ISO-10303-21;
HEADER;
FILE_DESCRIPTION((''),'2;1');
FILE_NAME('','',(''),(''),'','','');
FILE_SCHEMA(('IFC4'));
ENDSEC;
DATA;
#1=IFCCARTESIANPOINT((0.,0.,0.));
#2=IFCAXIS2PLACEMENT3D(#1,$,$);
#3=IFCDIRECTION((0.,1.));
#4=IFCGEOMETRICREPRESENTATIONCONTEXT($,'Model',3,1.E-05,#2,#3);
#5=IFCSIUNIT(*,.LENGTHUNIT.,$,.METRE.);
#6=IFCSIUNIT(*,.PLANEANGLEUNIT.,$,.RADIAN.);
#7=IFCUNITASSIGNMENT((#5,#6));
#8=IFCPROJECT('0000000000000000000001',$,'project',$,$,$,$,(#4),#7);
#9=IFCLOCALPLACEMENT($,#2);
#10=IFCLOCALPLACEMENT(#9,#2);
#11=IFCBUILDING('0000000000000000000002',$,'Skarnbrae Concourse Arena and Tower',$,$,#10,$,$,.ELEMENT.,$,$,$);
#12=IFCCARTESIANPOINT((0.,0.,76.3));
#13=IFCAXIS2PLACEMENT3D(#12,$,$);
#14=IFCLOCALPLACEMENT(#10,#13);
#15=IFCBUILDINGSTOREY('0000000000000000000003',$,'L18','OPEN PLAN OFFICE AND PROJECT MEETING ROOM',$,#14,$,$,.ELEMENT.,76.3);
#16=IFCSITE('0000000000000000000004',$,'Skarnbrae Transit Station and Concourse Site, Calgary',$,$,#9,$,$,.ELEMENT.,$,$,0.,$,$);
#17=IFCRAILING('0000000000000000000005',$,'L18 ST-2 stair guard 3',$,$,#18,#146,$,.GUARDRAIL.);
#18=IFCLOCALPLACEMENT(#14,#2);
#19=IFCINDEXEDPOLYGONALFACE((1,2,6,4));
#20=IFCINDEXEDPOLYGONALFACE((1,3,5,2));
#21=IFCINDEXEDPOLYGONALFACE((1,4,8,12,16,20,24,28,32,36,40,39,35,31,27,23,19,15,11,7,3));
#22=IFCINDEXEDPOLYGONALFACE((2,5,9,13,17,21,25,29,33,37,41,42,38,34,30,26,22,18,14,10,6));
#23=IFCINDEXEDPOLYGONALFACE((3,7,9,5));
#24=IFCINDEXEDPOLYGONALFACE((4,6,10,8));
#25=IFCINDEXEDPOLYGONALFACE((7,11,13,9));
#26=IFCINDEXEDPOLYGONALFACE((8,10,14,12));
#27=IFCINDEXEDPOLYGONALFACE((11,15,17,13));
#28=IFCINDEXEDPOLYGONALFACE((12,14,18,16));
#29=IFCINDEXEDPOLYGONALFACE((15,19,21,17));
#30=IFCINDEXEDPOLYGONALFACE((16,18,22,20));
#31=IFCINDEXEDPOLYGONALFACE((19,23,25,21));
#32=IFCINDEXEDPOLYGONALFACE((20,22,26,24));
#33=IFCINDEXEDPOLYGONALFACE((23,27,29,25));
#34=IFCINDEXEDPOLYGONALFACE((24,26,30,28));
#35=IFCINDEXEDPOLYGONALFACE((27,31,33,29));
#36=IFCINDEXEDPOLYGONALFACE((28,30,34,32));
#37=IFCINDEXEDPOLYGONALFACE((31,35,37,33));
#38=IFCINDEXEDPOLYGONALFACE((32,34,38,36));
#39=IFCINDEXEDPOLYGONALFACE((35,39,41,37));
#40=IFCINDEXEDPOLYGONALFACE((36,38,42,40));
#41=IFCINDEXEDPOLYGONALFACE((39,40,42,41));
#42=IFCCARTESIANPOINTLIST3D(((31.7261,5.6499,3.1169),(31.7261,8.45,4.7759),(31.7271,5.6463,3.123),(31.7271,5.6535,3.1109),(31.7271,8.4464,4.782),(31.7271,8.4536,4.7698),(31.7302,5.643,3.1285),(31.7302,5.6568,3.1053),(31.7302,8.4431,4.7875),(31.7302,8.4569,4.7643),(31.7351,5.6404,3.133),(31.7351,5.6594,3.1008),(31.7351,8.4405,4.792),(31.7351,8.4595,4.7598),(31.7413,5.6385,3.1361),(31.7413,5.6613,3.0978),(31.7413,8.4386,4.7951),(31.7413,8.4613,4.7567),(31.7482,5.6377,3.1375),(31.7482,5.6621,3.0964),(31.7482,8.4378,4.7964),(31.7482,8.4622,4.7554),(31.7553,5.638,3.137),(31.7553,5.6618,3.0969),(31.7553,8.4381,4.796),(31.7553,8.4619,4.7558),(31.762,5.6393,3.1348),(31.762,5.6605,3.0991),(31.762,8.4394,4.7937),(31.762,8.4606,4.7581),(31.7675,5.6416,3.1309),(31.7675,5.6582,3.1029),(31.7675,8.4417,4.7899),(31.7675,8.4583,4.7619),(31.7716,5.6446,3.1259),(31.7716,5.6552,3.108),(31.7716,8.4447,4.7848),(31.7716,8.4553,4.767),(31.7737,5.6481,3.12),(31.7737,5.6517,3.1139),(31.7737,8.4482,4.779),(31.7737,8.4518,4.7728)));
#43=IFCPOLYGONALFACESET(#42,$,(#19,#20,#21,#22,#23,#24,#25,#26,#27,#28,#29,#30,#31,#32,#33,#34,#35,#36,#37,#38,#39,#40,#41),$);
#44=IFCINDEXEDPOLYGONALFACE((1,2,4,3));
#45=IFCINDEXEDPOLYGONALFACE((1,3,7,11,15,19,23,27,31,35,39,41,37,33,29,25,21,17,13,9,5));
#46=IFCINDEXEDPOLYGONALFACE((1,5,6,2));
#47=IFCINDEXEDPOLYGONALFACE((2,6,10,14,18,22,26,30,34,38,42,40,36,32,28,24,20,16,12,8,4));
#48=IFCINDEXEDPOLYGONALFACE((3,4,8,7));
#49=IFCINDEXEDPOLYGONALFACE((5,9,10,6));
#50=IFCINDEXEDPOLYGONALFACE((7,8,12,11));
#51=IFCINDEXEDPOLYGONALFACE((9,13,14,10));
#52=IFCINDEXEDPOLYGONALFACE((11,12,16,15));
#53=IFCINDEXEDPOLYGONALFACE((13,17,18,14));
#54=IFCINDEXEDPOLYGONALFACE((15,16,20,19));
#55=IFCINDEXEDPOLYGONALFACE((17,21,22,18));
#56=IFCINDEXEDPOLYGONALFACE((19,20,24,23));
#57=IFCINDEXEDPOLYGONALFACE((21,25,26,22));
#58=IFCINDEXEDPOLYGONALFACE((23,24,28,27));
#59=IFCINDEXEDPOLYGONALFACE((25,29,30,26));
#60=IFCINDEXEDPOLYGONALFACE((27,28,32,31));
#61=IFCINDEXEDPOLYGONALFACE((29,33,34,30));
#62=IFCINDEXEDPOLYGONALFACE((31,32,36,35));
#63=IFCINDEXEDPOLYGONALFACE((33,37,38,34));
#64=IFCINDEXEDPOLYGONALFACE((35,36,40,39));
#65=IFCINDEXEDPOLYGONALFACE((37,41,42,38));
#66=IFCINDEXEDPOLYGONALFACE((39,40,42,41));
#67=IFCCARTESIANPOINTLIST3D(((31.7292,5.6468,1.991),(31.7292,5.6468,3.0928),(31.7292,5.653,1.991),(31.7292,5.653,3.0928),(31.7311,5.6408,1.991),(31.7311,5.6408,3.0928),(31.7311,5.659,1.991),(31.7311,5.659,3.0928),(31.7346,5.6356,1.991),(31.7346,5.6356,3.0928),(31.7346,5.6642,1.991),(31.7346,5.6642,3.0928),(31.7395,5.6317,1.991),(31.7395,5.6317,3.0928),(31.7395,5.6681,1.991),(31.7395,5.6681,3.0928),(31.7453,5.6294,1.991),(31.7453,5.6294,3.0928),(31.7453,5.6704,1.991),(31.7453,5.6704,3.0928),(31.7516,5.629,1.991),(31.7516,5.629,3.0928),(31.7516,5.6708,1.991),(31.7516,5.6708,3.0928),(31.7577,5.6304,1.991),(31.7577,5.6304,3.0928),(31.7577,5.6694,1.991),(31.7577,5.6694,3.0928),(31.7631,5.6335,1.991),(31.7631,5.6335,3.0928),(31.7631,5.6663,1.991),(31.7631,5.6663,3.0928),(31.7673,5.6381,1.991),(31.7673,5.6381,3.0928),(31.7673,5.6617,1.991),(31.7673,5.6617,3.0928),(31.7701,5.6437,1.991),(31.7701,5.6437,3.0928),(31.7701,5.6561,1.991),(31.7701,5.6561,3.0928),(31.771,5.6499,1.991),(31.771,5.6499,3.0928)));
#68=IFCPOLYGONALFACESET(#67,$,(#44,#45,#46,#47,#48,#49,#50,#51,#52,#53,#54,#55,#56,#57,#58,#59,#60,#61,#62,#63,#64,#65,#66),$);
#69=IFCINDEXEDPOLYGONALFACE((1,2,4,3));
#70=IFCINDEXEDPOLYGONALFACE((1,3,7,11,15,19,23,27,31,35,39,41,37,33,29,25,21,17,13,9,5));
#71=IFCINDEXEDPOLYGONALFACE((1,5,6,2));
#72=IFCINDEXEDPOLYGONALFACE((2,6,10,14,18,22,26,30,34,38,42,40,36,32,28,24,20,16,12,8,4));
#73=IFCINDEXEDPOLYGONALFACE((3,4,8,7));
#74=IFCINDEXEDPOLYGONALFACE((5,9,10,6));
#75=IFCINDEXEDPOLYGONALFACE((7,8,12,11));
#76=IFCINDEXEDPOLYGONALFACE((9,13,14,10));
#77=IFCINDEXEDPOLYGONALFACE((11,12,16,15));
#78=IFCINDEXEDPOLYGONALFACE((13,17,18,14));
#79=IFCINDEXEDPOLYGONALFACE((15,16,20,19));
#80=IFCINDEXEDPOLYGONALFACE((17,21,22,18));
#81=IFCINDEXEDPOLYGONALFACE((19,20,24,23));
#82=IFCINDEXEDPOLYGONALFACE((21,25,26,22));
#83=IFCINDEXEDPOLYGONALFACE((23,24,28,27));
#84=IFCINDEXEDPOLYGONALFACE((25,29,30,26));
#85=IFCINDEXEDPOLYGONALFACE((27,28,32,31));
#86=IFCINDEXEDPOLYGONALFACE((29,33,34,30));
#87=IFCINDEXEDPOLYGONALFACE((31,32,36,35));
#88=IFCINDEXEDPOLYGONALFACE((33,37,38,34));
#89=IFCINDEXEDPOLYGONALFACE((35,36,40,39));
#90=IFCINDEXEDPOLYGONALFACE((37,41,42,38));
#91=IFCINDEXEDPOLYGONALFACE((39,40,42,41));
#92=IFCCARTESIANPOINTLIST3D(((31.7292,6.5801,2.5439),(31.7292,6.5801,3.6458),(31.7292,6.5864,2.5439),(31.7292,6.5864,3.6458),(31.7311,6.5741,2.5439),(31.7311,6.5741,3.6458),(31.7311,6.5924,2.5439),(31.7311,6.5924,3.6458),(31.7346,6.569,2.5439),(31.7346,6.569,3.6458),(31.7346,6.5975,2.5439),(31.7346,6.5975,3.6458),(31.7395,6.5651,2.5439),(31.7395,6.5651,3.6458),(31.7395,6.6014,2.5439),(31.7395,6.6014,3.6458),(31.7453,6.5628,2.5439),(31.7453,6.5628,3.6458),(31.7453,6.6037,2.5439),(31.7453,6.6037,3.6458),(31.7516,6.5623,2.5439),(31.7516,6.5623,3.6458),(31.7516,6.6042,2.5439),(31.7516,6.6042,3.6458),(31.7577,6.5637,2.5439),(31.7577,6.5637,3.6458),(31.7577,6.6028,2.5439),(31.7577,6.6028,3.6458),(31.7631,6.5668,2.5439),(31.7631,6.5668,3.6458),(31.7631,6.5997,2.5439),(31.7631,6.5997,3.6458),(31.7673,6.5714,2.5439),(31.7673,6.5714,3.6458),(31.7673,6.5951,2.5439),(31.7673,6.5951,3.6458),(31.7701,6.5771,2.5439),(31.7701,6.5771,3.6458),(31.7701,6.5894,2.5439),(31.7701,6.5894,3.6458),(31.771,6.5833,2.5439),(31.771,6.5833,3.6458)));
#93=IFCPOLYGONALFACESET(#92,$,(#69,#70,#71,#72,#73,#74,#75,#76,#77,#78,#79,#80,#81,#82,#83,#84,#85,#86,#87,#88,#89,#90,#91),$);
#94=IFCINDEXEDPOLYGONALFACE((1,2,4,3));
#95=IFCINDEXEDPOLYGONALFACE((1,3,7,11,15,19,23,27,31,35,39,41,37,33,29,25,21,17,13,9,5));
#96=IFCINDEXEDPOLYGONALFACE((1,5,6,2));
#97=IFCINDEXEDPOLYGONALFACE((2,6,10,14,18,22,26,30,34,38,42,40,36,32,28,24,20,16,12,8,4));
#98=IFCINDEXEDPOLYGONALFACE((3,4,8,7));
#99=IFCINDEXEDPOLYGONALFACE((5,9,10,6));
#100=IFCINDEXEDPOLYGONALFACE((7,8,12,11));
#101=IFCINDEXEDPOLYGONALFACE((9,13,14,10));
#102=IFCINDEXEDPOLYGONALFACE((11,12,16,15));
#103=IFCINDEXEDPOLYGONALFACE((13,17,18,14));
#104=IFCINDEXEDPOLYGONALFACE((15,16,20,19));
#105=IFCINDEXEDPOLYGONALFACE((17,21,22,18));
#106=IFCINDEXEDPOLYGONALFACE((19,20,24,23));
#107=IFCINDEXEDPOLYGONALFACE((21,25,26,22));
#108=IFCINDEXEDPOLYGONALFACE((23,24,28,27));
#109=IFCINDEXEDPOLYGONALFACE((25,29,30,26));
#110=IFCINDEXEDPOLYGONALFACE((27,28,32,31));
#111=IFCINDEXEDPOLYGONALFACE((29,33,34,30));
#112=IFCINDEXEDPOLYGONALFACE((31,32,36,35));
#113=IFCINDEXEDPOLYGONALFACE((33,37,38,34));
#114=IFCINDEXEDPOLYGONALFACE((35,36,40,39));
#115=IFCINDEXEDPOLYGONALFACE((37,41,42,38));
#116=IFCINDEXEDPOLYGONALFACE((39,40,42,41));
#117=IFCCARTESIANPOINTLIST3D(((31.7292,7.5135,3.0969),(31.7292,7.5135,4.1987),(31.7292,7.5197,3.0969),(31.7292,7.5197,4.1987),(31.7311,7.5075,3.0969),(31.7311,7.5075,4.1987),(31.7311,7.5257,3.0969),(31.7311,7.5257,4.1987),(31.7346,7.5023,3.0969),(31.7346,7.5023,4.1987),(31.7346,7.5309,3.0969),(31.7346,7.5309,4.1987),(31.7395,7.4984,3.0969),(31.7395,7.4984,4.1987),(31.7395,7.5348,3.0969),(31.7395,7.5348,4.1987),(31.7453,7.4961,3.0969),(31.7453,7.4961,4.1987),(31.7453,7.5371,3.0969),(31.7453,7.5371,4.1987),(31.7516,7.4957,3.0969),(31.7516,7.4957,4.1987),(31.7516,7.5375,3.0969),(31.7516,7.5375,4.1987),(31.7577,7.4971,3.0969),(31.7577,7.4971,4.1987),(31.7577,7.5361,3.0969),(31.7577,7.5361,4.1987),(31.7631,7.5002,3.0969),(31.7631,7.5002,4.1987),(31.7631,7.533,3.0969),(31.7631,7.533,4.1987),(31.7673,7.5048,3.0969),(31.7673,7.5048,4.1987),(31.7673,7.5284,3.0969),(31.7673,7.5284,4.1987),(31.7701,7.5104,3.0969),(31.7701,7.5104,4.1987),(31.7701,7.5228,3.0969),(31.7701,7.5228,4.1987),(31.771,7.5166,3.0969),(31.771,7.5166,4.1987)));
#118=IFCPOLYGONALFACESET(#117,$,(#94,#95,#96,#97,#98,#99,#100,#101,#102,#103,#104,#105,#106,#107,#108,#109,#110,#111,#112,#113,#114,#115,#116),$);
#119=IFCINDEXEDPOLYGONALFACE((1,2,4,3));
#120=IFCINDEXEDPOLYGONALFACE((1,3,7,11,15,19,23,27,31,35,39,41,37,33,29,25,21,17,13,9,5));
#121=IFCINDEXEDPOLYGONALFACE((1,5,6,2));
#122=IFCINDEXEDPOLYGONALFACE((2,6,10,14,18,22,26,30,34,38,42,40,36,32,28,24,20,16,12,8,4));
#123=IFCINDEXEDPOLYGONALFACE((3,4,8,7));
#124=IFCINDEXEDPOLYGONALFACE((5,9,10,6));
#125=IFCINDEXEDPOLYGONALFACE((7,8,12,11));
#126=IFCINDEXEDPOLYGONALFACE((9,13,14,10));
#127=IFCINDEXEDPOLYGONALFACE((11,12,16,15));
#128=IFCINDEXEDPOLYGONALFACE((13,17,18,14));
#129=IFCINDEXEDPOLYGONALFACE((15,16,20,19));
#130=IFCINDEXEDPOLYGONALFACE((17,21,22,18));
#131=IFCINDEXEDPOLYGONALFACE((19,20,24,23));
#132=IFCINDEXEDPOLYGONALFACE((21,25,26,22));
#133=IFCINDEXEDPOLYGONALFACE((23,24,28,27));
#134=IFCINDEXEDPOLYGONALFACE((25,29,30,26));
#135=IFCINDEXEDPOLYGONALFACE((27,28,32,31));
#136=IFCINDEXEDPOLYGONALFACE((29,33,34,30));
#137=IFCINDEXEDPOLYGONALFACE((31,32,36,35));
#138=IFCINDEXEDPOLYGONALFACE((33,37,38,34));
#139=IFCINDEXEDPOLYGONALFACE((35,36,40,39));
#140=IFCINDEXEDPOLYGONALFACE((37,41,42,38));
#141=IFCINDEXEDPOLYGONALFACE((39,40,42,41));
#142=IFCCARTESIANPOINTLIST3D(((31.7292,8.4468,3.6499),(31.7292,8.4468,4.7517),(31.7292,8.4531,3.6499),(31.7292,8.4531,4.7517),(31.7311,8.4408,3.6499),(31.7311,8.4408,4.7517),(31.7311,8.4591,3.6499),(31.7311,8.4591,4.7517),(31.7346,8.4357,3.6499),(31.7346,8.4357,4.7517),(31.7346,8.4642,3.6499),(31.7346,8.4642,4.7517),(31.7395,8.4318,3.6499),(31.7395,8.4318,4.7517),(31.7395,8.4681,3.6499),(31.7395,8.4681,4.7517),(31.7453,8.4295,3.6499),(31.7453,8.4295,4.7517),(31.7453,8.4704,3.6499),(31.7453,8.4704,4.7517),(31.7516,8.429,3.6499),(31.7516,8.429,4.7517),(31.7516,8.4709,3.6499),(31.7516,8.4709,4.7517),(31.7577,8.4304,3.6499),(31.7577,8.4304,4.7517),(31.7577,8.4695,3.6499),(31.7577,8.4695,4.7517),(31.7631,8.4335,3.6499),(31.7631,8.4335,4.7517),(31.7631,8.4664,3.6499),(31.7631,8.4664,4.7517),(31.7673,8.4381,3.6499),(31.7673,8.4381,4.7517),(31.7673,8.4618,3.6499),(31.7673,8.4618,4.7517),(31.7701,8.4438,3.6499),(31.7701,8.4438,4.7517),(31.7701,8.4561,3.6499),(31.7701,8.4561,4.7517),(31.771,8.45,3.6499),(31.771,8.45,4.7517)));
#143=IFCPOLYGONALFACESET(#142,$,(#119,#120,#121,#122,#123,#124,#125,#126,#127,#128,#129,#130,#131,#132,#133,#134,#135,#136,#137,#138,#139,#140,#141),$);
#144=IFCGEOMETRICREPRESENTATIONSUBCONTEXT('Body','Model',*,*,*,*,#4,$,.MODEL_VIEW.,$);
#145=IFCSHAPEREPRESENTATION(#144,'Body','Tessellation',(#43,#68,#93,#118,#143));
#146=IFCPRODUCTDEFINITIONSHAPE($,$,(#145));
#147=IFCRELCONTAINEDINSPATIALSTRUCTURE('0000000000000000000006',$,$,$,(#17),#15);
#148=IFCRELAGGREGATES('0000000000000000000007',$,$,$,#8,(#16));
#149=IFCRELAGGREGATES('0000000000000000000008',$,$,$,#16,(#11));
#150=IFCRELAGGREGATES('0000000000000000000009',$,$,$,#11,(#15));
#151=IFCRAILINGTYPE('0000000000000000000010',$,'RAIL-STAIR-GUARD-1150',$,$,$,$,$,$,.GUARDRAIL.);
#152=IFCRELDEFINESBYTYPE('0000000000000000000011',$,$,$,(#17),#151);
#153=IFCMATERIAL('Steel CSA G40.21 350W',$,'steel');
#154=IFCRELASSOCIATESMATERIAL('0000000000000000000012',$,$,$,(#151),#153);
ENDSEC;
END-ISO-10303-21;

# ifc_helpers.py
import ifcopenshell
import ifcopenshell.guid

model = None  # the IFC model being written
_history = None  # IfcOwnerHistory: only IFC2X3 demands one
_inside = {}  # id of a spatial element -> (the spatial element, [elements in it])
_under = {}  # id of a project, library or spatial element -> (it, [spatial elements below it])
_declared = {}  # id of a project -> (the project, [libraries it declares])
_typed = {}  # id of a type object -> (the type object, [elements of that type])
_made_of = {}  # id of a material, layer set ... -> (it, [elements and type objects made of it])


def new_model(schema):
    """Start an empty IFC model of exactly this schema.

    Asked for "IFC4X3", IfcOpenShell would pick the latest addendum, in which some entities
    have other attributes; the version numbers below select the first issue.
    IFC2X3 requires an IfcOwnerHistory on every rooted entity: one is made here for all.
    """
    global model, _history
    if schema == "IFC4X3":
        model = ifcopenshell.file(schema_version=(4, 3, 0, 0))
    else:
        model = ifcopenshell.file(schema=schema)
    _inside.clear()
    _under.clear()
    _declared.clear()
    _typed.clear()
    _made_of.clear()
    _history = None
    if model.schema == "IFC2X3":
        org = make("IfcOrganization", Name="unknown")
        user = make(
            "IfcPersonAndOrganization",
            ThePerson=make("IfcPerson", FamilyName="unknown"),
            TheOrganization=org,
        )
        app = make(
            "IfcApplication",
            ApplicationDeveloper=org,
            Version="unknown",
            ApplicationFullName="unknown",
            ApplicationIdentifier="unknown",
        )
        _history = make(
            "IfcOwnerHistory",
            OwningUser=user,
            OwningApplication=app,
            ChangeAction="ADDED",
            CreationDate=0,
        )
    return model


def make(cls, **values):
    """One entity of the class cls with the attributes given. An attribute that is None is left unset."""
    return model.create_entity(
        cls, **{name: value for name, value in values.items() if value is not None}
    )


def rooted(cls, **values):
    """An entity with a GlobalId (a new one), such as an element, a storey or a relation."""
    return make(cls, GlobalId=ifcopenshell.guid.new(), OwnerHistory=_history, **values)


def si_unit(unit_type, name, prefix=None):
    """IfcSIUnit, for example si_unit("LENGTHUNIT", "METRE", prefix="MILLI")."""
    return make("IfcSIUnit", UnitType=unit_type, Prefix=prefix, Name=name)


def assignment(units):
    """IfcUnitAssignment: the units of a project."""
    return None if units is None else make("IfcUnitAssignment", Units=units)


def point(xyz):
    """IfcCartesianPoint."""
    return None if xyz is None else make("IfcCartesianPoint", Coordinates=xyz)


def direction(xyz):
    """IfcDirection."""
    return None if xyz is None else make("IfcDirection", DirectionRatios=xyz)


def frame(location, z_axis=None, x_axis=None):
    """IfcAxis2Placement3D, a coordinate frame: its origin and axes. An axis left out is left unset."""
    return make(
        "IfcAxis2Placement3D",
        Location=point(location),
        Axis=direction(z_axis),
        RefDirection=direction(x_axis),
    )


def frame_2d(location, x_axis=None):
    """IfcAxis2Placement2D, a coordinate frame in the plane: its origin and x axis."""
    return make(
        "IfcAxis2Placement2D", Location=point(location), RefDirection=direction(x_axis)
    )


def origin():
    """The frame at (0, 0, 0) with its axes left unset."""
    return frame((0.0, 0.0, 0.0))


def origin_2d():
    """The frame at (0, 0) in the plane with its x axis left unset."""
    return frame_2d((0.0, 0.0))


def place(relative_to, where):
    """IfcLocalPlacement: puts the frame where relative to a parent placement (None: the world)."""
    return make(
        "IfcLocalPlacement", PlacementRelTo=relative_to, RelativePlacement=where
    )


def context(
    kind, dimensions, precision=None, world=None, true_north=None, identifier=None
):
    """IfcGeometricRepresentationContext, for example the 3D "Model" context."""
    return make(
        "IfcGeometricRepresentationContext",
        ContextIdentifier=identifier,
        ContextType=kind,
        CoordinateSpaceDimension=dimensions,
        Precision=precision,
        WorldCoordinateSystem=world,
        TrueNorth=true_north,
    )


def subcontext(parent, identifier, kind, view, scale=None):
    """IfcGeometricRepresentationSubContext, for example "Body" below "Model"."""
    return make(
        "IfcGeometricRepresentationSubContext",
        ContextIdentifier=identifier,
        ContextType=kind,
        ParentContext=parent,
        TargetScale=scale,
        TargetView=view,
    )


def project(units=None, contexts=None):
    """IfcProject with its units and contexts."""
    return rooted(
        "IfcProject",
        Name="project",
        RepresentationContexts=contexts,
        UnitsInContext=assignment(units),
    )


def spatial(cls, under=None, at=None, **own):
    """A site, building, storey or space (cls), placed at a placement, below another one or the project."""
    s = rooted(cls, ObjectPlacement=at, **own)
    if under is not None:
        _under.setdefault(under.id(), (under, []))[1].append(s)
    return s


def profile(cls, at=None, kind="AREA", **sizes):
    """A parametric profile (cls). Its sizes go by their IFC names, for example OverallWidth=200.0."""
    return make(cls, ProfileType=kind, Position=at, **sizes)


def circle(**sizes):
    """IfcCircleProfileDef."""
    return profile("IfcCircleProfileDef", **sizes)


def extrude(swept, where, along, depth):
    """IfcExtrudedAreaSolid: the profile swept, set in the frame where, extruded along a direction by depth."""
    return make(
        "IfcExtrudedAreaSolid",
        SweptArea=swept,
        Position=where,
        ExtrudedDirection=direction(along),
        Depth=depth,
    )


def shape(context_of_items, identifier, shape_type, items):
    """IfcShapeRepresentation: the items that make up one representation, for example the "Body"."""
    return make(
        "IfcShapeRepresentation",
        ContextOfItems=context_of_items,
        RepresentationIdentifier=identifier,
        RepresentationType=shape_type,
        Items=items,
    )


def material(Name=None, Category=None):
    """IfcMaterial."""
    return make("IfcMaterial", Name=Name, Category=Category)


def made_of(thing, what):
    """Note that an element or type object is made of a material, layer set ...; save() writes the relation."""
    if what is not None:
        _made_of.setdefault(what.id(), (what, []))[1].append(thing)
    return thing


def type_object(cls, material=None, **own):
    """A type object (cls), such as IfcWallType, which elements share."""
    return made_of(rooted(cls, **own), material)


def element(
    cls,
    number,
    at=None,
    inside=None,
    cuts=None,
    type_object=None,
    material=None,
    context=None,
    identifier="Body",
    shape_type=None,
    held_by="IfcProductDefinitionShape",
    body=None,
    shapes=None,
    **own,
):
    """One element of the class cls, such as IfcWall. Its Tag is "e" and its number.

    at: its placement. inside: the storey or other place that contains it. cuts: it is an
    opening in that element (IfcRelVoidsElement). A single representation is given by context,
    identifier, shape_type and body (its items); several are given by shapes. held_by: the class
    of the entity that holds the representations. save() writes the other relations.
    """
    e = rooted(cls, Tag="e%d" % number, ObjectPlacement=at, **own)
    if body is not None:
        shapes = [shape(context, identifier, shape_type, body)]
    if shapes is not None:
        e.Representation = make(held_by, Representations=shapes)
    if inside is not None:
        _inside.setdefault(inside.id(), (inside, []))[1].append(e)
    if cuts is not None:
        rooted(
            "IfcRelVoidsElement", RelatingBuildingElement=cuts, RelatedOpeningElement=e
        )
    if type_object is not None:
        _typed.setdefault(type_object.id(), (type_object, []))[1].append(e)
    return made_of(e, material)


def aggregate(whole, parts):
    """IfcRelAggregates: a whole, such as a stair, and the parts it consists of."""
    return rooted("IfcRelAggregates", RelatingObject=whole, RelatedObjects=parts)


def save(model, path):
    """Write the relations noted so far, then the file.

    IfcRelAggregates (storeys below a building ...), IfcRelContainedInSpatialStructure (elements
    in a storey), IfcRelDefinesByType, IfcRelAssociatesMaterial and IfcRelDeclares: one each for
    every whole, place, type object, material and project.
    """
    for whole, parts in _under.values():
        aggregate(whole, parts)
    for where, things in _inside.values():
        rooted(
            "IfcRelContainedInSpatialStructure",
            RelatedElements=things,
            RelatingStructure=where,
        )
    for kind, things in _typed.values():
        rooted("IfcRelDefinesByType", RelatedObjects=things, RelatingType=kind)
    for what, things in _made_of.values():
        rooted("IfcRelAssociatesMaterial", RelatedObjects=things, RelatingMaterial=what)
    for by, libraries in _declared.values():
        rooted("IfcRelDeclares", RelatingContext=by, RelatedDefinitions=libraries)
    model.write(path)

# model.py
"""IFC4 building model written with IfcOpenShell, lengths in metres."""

from ifc_helpers import new_model, si_unit, direction, frame, origin, origin_2d, place, context, subcontext, project, spatial, circle, extrude, material, type_object, element, save


model = new_model("IFC4")

# Units and contexts
model_context = context("Model", 3, precision=1e-05, world=origin(), true_north=direction((0.0, 1.0)))
body_context = subcontext(model_context, "Body", "Model", "MODEL_VIEW")
ifc_project = project(units=[si_unit("LENGTHUNIT", "METRE"), si_unit("PLANEANGLEUNIT", "RADIAN")], contexts=[model_context])

# Site, building, storey
site_placement = place(None, origin())
site = spatial("IfcSite", under=ifc_project, at=site_placement, Name="Skarnbrae Transit Station and Concourse Site, Calgary", CompositionType="ELEMENT", RefElevation=0.0)
building_placement = place(site_placement, origin())
building = spatial("IfcBuilding", under=site, at=building_placement, Name="Skarnbrae Concourse Arena and Tower", CompositionType="ELEMENT")
storey_placement = place(building_placement, frame((0.0, 0.0, 76.3)))
storey = spatial("IfcBuildingStorey", under=building, at=storey_placement, Name="L18", Description="OPEN PLAN OFFICE AND PROJECT MEETING ROOM", CompositionType="ELEMENT", Elevation=76.3)

# Shared definitions
ifc_material_1 = material(Name="Steel CSA G40.21 350W", Category="steel")

# Railing
railing_type_1 = type_object("IfcRailingType", Name="RAIL-STAIR-GUARD-1150", PredefinedType="GUARDRAIL", material=ifc_material_1)
railing_1_placement = place(storey_placement, frame((31.75, 5.6499, 1.991)))
element("IfcRailing", 1, at=railing_1_placement, inside=storey, type_object=railing_type_1, Name="L18 ST-2 stair guard 3", PredefinedType="GUARDRAIL", context=body_context, shape_type="SweptSolid", body=[
    extrude(circle(Radius=0.0239, at=origin_2d()), frame((0.0, 0.0, 1.126), z_axis=(0.0, 0.860339, 0.509722), x_axis=(-1.0, 0.0, 0.0)), (0.0, 0.0, 1.0), 3.2546),
    extrude(circle(Radius=0.021, at=origin_2d()), origin(), (0.0, 0.0, 1.0), 1.1018),
    extrude(circle(Radius=0.021, at=origin_2d()), frame((0.0, 0.9333, 0.553)), (0.0, 0.0, 1.0), 1.1018),
    extrude(circle(Radius=0.021, at=origin_2d()), frame((0.0, 1.8667, 1.106)), (0.0, 0.0, 1.0), 1.1018),
    extrude(circle(Radius=0.021, at=origin_2d()), frame((0.0, 2.8, 1.6589)), (0.0, 0.0, 1.0), 1.1018),
])

save(model, "model.ifc")
